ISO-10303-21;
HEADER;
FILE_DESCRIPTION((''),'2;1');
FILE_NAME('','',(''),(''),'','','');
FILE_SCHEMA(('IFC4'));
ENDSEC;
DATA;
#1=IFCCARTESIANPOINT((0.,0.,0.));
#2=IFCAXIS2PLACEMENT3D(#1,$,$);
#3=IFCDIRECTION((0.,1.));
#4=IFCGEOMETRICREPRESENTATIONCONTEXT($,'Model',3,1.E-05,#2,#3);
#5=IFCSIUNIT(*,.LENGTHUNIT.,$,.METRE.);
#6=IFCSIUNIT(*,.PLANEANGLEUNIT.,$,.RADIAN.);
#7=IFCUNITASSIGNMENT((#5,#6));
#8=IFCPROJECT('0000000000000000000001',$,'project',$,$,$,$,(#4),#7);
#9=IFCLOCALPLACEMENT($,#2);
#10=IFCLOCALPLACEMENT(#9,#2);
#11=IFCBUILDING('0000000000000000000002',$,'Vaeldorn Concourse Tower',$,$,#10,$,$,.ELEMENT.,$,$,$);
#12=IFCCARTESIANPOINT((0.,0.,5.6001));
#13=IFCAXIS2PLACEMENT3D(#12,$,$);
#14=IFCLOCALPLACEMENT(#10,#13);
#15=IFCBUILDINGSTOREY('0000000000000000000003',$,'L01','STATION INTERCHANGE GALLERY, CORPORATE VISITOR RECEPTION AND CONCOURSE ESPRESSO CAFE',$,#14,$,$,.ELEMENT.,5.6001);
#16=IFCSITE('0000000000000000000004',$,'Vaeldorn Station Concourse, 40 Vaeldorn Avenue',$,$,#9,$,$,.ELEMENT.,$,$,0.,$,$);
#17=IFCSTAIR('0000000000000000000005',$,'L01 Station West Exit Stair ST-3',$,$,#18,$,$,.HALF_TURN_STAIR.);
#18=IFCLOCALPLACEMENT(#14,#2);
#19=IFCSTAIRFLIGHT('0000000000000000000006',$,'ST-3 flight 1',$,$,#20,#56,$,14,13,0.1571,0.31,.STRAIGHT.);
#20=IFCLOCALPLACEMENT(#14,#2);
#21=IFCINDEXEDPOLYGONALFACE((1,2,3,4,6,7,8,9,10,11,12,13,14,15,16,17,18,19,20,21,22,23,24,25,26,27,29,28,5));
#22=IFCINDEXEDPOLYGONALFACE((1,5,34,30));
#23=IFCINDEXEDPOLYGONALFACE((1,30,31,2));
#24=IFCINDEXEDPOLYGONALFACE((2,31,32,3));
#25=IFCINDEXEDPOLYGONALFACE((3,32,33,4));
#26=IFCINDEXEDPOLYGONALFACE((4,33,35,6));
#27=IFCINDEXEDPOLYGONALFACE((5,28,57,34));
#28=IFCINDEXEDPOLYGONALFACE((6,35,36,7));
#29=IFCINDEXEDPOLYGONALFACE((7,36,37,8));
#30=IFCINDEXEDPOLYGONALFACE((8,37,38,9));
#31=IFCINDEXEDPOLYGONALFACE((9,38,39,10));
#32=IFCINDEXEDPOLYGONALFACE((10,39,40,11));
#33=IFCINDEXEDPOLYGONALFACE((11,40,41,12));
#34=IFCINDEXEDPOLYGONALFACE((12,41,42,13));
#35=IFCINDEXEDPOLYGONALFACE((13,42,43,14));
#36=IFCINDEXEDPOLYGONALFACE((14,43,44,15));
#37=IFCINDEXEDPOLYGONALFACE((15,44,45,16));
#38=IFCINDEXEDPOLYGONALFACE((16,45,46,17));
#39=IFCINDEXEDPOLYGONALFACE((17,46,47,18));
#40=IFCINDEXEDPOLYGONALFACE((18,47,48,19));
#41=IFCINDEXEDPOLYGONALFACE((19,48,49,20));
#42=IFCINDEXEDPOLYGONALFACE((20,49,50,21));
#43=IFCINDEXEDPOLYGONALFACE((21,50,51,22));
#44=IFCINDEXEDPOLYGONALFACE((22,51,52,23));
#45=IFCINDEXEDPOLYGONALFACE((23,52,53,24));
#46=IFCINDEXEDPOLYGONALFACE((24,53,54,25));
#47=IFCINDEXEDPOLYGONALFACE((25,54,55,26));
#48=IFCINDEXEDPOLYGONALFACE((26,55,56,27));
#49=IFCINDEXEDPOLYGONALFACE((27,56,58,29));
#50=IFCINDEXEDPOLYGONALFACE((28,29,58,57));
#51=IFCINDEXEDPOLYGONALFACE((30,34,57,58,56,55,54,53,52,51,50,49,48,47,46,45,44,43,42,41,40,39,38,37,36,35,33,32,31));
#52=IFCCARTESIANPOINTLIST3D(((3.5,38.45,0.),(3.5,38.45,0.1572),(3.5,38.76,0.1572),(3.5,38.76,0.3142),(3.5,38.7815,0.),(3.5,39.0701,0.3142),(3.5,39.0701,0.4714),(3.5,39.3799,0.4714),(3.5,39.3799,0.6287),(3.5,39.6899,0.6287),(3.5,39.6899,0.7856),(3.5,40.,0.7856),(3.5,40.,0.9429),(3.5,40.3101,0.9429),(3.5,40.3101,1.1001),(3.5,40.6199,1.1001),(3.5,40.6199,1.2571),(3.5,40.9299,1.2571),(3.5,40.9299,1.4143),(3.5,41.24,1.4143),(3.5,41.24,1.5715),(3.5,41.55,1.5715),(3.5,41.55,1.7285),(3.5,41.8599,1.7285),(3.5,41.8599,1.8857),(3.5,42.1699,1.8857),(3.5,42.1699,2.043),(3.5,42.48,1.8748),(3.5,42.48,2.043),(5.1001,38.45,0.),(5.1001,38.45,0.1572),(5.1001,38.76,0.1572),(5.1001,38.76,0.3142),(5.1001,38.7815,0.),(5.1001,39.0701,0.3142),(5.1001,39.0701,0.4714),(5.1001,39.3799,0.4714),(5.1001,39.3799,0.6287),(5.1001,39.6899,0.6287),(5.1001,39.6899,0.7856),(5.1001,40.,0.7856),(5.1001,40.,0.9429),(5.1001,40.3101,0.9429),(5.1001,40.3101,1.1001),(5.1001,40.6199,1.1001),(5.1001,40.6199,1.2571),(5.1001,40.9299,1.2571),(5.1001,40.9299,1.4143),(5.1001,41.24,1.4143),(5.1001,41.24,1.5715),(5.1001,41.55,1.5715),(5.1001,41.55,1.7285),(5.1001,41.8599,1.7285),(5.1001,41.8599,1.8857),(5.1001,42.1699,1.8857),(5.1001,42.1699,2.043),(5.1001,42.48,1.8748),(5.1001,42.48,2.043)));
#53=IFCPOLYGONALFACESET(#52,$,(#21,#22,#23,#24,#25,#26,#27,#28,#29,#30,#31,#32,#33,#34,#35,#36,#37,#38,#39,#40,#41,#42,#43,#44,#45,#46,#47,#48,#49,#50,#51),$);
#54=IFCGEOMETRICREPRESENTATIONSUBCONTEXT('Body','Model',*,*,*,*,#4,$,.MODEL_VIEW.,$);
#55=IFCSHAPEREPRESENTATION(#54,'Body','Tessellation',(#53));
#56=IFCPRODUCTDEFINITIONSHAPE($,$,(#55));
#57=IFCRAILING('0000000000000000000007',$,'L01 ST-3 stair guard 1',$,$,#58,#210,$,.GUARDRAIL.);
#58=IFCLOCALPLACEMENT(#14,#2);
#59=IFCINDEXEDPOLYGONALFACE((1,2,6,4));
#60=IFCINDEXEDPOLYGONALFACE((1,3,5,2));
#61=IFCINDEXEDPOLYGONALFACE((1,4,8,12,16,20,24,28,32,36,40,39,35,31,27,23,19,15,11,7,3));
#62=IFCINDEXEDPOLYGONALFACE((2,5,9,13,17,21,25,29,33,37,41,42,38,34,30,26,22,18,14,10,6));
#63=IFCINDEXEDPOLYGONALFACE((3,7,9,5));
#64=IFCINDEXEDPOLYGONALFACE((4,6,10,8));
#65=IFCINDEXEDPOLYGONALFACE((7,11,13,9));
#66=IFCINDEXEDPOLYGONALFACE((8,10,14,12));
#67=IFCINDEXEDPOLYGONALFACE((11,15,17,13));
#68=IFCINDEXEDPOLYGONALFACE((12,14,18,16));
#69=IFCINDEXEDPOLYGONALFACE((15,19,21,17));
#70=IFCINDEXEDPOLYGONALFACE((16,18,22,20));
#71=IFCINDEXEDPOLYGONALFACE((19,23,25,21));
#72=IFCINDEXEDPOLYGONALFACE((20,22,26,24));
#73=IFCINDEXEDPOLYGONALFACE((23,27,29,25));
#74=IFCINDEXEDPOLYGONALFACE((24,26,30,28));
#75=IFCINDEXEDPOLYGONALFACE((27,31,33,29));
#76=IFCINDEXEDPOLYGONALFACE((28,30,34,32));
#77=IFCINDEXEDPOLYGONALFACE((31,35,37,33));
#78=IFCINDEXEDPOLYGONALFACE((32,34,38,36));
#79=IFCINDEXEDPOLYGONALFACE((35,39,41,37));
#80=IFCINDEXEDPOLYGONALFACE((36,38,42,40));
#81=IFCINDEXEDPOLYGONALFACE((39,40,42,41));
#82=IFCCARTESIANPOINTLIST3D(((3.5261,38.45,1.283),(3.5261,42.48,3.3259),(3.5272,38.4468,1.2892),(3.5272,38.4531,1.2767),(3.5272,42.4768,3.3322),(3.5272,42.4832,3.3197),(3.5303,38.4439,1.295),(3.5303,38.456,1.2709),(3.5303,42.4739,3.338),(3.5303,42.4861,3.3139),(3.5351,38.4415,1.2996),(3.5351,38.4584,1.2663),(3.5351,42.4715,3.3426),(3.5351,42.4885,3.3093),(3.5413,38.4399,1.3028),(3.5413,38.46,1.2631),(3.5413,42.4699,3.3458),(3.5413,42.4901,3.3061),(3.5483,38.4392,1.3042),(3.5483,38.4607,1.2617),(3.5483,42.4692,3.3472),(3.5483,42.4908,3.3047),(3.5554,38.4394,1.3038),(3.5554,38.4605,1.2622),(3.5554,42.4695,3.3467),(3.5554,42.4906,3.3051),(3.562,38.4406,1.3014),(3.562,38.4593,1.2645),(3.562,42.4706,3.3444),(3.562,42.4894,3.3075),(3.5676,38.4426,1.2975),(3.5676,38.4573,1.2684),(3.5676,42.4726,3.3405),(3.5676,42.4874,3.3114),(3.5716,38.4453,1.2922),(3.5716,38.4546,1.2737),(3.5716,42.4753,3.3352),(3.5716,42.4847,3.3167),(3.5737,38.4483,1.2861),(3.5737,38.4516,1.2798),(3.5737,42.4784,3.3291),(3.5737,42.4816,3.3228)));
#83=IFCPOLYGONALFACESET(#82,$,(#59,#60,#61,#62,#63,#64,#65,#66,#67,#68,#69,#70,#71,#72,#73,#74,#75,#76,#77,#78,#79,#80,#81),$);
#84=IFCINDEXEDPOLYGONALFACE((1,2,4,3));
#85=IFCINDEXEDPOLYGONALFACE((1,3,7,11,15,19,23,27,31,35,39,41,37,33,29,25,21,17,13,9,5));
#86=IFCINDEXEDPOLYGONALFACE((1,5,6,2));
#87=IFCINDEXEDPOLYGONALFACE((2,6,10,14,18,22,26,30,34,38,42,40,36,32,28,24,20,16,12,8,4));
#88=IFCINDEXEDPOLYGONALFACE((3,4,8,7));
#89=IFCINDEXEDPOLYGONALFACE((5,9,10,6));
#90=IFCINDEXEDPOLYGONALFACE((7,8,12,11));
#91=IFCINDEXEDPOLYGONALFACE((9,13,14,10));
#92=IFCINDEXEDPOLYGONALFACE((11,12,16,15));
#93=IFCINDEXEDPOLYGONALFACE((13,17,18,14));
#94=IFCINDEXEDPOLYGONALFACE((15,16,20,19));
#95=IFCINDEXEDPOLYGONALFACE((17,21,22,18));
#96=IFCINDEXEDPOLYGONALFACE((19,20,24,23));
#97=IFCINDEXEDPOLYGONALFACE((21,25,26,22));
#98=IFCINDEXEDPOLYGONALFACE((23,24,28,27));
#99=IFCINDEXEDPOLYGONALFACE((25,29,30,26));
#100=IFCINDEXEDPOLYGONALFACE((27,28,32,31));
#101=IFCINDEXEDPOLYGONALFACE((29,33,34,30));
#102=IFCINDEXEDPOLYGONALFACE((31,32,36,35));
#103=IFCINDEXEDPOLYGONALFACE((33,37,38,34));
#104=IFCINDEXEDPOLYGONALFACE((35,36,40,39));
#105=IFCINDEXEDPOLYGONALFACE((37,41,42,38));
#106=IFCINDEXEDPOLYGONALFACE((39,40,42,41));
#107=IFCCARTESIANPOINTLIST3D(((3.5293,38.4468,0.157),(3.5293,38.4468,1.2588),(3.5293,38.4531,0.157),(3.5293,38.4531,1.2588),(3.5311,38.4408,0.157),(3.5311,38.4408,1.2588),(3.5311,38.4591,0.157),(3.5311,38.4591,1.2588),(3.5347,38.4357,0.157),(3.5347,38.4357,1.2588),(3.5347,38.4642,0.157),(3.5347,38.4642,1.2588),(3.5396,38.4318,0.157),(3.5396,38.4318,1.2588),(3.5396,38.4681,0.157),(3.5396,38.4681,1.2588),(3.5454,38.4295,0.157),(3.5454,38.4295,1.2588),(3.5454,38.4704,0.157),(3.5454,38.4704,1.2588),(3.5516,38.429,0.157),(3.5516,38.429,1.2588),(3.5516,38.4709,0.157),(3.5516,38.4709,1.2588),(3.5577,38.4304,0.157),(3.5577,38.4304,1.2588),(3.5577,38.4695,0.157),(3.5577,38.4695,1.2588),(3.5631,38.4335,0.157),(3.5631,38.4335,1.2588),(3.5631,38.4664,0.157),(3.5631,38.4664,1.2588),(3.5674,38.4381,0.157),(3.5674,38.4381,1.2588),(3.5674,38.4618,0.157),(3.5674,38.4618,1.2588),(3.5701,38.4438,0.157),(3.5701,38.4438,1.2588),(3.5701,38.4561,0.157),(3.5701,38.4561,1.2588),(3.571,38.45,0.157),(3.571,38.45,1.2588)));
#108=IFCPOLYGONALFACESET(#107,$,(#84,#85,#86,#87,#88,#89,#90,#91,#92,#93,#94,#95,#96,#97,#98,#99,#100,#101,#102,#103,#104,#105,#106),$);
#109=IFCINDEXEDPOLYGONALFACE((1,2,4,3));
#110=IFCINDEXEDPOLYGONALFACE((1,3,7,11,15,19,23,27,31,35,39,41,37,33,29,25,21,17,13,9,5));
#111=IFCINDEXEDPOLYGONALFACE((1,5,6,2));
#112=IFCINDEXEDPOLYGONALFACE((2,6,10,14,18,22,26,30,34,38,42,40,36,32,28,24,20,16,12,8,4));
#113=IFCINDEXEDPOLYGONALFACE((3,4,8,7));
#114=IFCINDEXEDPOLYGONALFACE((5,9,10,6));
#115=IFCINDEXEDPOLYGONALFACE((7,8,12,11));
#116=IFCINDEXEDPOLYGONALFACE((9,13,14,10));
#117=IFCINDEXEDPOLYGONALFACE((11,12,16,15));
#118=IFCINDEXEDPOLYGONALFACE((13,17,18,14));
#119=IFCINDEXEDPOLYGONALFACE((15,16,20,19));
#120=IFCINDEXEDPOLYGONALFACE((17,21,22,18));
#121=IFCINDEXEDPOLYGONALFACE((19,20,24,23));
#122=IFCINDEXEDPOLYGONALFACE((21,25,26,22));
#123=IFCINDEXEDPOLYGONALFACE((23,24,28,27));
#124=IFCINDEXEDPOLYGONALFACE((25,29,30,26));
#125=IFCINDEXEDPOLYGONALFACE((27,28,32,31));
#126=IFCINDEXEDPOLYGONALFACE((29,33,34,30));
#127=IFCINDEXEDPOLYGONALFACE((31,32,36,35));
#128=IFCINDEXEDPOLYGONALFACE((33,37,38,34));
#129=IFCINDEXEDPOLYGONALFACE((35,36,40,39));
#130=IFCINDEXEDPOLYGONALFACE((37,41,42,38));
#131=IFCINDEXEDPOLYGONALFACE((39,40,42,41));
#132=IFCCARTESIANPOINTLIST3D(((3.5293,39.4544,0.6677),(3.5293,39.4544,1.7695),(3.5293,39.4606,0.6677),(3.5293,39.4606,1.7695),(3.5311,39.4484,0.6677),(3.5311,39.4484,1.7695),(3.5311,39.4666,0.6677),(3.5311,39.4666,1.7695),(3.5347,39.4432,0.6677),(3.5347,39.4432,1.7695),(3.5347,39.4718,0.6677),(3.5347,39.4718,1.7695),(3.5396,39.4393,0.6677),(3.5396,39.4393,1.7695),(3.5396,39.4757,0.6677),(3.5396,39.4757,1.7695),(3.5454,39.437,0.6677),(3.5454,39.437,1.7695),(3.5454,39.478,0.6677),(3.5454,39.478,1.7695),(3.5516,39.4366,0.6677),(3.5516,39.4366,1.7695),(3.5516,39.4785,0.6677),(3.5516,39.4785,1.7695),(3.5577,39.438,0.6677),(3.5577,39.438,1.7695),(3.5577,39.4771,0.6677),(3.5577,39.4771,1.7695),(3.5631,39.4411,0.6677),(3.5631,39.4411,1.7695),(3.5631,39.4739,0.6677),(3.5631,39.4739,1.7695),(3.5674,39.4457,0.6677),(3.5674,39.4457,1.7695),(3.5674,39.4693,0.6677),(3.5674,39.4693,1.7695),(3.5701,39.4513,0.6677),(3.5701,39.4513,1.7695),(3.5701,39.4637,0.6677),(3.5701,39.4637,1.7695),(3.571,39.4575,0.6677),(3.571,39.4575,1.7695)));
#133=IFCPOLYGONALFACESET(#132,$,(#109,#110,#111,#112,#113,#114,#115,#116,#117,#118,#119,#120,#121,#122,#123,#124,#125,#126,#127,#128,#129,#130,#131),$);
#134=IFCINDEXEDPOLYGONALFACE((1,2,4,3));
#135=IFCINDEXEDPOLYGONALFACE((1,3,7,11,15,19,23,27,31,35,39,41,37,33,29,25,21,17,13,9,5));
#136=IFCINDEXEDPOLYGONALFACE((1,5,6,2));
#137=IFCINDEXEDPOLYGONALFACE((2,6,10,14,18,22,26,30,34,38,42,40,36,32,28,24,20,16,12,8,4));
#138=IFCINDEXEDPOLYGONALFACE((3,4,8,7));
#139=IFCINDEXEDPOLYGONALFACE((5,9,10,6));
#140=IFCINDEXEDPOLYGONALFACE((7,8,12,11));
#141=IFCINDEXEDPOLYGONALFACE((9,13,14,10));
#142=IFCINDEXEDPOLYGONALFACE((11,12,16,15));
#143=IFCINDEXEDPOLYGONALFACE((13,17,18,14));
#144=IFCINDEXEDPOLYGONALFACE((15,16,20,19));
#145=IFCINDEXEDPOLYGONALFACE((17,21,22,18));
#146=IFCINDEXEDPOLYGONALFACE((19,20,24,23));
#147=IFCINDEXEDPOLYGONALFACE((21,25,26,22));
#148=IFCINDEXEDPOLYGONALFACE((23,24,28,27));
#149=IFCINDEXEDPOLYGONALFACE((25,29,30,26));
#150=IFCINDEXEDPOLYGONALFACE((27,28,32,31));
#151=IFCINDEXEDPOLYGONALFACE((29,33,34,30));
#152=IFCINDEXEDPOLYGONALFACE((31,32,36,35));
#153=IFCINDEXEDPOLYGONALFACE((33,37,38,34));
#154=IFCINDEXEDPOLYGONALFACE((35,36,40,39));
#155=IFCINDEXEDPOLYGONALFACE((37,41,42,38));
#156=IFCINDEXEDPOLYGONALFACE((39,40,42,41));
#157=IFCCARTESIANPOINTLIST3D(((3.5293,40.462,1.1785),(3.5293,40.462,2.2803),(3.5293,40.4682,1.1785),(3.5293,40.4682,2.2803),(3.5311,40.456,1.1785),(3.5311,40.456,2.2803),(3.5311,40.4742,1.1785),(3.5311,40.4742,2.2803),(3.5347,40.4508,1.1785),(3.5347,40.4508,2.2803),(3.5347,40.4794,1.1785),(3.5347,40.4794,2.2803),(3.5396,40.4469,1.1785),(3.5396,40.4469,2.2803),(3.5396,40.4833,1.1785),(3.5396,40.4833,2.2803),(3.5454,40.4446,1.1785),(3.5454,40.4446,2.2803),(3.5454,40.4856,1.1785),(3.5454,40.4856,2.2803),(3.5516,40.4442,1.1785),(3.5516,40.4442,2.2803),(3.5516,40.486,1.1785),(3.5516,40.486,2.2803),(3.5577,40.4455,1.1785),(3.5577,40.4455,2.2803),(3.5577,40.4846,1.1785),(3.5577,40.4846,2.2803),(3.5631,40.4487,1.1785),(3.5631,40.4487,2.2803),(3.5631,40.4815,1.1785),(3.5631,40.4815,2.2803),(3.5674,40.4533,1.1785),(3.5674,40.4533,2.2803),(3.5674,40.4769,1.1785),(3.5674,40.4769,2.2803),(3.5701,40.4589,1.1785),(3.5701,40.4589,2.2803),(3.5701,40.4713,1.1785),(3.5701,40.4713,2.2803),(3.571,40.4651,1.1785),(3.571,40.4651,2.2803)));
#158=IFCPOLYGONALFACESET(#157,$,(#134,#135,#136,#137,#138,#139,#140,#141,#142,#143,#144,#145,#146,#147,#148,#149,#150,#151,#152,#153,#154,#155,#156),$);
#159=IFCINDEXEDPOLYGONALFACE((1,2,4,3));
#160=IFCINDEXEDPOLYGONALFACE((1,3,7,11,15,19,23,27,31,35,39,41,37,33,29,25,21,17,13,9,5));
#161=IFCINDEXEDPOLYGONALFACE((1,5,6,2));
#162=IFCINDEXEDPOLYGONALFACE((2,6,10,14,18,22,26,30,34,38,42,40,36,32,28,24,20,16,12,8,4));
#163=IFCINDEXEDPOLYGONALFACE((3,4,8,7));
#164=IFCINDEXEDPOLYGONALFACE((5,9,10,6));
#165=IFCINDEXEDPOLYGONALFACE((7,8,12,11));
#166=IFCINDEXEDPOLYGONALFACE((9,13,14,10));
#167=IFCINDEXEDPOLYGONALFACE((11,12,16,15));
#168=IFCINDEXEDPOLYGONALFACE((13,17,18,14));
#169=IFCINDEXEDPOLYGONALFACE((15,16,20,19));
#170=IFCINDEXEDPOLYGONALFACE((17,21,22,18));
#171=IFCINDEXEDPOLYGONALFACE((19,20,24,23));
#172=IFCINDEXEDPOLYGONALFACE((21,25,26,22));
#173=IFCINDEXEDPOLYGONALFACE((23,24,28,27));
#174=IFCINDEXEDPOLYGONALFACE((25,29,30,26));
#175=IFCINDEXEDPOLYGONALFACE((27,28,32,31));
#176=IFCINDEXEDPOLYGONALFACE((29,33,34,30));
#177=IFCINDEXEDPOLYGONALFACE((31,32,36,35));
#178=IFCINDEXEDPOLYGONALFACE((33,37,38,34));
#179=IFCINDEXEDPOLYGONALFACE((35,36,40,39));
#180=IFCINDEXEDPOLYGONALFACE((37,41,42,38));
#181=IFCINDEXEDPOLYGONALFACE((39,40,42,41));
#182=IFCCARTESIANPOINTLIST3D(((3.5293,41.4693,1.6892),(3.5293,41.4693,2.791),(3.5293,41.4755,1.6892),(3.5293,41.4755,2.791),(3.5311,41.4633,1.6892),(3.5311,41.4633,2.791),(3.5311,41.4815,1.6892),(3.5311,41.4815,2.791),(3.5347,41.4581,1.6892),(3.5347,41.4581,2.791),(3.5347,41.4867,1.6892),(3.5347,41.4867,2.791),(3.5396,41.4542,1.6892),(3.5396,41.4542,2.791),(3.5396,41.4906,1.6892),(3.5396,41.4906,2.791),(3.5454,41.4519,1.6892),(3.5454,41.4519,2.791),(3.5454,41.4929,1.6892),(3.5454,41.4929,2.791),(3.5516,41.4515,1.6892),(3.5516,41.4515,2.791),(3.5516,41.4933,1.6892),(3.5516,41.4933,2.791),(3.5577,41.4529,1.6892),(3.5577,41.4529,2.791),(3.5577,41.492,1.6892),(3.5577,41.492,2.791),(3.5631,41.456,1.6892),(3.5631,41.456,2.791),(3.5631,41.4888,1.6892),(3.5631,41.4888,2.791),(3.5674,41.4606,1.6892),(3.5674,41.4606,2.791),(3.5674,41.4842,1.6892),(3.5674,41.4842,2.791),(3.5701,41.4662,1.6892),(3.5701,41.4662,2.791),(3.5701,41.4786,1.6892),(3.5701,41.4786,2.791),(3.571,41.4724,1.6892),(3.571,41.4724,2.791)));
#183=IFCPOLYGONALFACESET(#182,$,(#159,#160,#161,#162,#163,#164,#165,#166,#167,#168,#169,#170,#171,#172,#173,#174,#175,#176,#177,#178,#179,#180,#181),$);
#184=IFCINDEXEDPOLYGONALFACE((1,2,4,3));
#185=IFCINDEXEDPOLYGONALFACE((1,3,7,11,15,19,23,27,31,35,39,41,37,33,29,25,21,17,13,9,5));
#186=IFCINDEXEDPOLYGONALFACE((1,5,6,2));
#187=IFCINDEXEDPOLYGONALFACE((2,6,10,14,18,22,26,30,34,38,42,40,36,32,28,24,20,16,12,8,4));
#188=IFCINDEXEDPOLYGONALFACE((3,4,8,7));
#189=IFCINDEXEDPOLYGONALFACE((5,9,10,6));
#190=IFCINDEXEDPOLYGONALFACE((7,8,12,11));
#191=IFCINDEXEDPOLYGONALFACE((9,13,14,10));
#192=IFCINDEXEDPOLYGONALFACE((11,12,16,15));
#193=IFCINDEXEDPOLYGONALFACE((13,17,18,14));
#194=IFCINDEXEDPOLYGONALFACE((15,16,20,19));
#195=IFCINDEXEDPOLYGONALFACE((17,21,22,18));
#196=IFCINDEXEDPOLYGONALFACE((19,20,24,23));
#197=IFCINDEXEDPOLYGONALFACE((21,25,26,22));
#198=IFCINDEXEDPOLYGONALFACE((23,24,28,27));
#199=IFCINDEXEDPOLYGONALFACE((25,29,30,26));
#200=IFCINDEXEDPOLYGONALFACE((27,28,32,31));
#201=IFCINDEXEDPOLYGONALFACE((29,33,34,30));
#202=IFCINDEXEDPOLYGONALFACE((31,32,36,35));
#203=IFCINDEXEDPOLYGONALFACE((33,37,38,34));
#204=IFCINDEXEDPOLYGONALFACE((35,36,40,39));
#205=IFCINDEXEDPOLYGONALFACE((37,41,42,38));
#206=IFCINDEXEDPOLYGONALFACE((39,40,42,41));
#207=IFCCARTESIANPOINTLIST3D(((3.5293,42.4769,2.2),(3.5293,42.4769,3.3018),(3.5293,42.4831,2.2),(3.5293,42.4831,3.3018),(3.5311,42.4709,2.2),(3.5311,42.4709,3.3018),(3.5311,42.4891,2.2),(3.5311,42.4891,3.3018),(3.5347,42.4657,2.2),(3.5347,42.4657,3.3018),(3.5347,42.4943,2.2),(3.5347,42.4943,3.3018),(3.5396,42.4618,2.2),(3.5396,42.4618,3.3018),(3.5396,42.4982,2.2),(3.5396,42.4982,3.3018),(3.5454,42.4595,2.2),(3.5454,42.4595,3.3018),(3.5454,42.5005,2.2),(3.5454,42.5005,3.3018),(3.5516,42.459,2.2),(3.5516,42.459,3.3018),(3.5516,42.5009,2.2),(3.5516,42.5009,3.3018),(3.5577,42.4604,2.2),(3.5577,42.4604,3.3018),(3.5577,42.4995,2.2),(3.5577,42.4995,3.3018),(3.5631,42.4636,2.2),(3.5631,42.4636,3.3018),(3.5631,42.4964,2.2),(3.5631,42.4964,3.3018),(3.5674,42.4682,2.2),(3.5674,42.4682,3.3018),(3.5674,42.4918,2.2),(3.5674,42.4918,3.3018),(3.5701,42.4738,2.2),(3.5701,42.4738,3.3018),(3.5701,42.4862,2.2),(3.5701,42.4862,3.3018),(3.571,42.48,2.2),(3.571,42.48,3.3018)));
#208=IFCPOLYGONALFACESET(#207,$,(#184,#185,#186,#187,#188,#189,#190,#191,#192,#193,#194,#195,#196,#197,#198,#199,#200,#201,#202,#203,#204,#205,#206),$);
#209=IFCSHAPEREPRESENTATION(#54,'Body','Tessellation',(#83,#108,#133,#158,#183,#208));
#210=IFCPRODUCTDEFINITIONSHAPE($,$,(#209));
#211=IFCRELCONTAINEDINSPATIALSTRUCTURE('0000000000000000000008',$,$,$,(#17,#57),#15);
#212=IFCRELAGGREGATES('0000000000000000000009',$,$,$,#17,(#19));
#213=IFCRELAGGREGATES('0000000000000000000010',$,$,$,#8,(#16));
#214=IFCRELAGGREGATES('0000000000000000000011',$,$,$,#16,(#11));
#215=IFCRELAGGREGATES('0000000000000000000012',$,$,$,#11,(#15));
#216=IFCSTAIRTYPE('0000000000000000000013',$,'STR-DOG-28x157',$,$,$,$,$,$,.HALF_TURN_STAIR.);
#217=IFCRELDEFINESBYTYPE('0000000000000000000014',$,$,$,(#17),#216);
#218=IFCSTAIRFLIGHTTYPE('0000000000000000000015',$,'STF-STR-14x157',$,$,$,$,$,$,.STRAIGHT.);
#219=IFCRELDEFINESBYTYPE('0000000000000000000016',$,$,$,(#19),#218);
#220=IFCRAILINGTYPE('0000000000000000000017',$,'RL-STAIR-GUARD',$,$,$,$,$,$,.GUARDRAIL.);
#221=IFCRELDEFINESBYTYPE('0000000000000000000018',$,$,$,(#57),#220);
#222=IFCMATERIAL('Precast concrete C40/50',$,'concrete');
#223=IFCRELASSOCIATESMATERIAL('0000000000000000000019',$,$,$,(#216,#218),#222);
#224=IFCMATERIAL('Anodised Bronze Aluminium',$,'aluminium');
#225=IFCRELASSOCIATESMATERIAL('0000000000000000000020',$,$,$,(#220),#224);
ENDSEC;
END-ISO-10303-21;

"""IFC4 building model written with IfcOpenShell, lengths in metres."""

from ifc_helpers import new_model, si_unit, direction, frame, origin, origin_2d, place, context, subcontext, project, spatial, polyline, circle, outline, extrude, material, type_object, element, aggregate, save


model = new_model("IFC4")

# Units and contexts
model_context = context("Model", 3, precision=1e-05, world=origin(), true_north=direction((0.0, 1.0)))
body_context = subcontext(model_context, "Body", "Model", "MODEL_VIEW")
ifc_project = project(units=[si_unit("LENGTHUNIT", "METRE"), si_unit("PLANEANGLEUNIT", "RADIAN")], contexts=[model_context])

# Site, building, storey
site_placement = place(None, origin())
site = spatial("IfcSite", under=ifc_project, at=site_placement, Name="Vaeldorn Station Concourse, 40 Vaeldorn Avenue", CompositionType="ELEMENT", RefElevation=0.0)
building_placement = place(site_placement, origin())
building = spatial("IfcBuilding", under=site, at=building_placement, Name="Vaeldorn Concourse Tower", CompositionType="ELEMENT")
storey_placement = place(building_placement, frame((0.0, 0.0, 5.6001)))
storey = spatial("IfcBuildingStorey", under=building, at=storey_placement, Name="L01", Description="STATION INTERCHANGE GALLERY, CORPORATE VISITOR RECEPTION AND CONCOURSE ESPRESSO CAFE", CompositionType="ELEMENT", Elevation=5.6001)

# Shared definitions
ifc_material_1 = material(Name="Anodised Bronze Aluminium", Category="aluminium")

# Stair, stair flight
ifc_material_2 = material(Name="Precast concrete C40/50", Category="concrete")
stair_type = type_object("IfcStairType", Name="STR-DOG-28x157", PredefinedType="HALF_TURN_STAIR", material=ifc_material_2)
stair_flight_type = type_object("IfcStairFlightType", Name="STF-STR-14x157", PredefinedType="STRAIGHT", material=ifc_material_2)
stair_1_placement = place(storey_placement, origin())
stair_1 = element("IfcStair", 1, at=stair_1_placement, inside=storey, type_object=stair_type, Name="L01 Station West Exit Stair ST-3", PredefinedType="HALF_TURN_STAIR")
stair_flight_1_placement = place(storey_placement, frame((4.3, 38.45, 0.0), z_axis=(0.0, 0.0, 1.0), x_axis=(0.0, 1.0, 0.0)))
stair_flight_1 = element("IfcStairFlight", 2, at=stair_flight_1_placement, type_object=stair_flight_type, Name="ST-3 flight 1", NumberOfRisers=14, NumberOfTreads=13, PredefinedType="STRAIGHT", RiserHeight=0.1571, TreadLength=0.31, context=body_context, shape_type="SweptSolid", body=[
    extrude(outline(polyline([(0.0, 0.0), (0.0, 0.1572), (0.3101, 0.1572), (0.3101, 0.3142), (0.6201, 0.3142), (0.6201, 0.4714), (0.9299, 0.4714), (0.9299, 0.6287), (1.24, 0.6287), (1.24, 0.7856), (1.55, 0.7856), (1.55, 0.9429), (1.8601, 0.9429), (1.8601, 1.1001), (2.1699, 1.1001), (2.1699, 1.2571), (2.48, 1.2571), (2.48, 1.4143), (2.79, 1.4143), (2.79, 1.5715), (3.1001, 1.5715), (3.1001, 1.7285), (3.4099, 1.7285), (3.4099, 1.8857), (3.72, 1.8857), (3.72, 2.043), (4.03, 2.043), (4.03, 2.2), (4.03, 1.8748), (0.3315, 0.0), (0.0, 0.0)])), frame((0.0, 0.8, 0.0), z_axis=(0.0, -1.0, 0.0), x_axis=(1.0, 0.0, 0.0)), (0.0, 0.0, 1.0), 1.6001),
])
aggregate(stair_1, [stair_flight_1])

# Railing
railing_type_1 = type_object("IfcRailingType", Name="RL-STAIR-GUARD", PredefinedType="GUARDRAIL", material=ifc_material_1)
railing_1_placement = place(storey_placement, frame((3.55, 38.45, 0.157)))
element("IfcRailing", 3, at=railing_1_placement, inside=storey, type_object=railing_type_1, Name="L01 ST-3 stair guard 1", PredefinedType="GUARDRAIL", context=body_context, shape_type="SweptSolid", body=[
    extrude(circle(Radius=0.0239, at=origin_2d()), frame((0.0, 0.0, 1.126), z_axis=(0.0, 0.891939, 0.452156), x_axis=(-1.0, 0.0, 0.0)), (0.0, 0.0, 1.0), 4.5183),
    extrude(circle(Radius=0.021, at=origin_2d()), origin(), (0.0, 0.0, 1.0), 1.1018),
    extrude(circle(Radius=0.021, at=origin_2d()), frame((0.0, 1.0076, 0.5107)), (0.0, 0.0, 1.0), 1.1018),
    extrude(circle(Radius=0.021, at=origin_2d()), frame((0.0, 2.0151, 1.0215)), (0.0, 0.0, 1.0), 1.1018),
    extrude(circle(Radius=0.021, at=origin_2d()), frame((0.0, 3.0225, 1.5322)), (0.0, 0.0, 1.0), 1.1018),
    extrude(circle(Radius=0.021, at=origin_2d()), frame((0.0, 4.03, 2.043)), (0.0, 0.0, 1.0), 1.1018),
])

save(model, "model.ifc")
